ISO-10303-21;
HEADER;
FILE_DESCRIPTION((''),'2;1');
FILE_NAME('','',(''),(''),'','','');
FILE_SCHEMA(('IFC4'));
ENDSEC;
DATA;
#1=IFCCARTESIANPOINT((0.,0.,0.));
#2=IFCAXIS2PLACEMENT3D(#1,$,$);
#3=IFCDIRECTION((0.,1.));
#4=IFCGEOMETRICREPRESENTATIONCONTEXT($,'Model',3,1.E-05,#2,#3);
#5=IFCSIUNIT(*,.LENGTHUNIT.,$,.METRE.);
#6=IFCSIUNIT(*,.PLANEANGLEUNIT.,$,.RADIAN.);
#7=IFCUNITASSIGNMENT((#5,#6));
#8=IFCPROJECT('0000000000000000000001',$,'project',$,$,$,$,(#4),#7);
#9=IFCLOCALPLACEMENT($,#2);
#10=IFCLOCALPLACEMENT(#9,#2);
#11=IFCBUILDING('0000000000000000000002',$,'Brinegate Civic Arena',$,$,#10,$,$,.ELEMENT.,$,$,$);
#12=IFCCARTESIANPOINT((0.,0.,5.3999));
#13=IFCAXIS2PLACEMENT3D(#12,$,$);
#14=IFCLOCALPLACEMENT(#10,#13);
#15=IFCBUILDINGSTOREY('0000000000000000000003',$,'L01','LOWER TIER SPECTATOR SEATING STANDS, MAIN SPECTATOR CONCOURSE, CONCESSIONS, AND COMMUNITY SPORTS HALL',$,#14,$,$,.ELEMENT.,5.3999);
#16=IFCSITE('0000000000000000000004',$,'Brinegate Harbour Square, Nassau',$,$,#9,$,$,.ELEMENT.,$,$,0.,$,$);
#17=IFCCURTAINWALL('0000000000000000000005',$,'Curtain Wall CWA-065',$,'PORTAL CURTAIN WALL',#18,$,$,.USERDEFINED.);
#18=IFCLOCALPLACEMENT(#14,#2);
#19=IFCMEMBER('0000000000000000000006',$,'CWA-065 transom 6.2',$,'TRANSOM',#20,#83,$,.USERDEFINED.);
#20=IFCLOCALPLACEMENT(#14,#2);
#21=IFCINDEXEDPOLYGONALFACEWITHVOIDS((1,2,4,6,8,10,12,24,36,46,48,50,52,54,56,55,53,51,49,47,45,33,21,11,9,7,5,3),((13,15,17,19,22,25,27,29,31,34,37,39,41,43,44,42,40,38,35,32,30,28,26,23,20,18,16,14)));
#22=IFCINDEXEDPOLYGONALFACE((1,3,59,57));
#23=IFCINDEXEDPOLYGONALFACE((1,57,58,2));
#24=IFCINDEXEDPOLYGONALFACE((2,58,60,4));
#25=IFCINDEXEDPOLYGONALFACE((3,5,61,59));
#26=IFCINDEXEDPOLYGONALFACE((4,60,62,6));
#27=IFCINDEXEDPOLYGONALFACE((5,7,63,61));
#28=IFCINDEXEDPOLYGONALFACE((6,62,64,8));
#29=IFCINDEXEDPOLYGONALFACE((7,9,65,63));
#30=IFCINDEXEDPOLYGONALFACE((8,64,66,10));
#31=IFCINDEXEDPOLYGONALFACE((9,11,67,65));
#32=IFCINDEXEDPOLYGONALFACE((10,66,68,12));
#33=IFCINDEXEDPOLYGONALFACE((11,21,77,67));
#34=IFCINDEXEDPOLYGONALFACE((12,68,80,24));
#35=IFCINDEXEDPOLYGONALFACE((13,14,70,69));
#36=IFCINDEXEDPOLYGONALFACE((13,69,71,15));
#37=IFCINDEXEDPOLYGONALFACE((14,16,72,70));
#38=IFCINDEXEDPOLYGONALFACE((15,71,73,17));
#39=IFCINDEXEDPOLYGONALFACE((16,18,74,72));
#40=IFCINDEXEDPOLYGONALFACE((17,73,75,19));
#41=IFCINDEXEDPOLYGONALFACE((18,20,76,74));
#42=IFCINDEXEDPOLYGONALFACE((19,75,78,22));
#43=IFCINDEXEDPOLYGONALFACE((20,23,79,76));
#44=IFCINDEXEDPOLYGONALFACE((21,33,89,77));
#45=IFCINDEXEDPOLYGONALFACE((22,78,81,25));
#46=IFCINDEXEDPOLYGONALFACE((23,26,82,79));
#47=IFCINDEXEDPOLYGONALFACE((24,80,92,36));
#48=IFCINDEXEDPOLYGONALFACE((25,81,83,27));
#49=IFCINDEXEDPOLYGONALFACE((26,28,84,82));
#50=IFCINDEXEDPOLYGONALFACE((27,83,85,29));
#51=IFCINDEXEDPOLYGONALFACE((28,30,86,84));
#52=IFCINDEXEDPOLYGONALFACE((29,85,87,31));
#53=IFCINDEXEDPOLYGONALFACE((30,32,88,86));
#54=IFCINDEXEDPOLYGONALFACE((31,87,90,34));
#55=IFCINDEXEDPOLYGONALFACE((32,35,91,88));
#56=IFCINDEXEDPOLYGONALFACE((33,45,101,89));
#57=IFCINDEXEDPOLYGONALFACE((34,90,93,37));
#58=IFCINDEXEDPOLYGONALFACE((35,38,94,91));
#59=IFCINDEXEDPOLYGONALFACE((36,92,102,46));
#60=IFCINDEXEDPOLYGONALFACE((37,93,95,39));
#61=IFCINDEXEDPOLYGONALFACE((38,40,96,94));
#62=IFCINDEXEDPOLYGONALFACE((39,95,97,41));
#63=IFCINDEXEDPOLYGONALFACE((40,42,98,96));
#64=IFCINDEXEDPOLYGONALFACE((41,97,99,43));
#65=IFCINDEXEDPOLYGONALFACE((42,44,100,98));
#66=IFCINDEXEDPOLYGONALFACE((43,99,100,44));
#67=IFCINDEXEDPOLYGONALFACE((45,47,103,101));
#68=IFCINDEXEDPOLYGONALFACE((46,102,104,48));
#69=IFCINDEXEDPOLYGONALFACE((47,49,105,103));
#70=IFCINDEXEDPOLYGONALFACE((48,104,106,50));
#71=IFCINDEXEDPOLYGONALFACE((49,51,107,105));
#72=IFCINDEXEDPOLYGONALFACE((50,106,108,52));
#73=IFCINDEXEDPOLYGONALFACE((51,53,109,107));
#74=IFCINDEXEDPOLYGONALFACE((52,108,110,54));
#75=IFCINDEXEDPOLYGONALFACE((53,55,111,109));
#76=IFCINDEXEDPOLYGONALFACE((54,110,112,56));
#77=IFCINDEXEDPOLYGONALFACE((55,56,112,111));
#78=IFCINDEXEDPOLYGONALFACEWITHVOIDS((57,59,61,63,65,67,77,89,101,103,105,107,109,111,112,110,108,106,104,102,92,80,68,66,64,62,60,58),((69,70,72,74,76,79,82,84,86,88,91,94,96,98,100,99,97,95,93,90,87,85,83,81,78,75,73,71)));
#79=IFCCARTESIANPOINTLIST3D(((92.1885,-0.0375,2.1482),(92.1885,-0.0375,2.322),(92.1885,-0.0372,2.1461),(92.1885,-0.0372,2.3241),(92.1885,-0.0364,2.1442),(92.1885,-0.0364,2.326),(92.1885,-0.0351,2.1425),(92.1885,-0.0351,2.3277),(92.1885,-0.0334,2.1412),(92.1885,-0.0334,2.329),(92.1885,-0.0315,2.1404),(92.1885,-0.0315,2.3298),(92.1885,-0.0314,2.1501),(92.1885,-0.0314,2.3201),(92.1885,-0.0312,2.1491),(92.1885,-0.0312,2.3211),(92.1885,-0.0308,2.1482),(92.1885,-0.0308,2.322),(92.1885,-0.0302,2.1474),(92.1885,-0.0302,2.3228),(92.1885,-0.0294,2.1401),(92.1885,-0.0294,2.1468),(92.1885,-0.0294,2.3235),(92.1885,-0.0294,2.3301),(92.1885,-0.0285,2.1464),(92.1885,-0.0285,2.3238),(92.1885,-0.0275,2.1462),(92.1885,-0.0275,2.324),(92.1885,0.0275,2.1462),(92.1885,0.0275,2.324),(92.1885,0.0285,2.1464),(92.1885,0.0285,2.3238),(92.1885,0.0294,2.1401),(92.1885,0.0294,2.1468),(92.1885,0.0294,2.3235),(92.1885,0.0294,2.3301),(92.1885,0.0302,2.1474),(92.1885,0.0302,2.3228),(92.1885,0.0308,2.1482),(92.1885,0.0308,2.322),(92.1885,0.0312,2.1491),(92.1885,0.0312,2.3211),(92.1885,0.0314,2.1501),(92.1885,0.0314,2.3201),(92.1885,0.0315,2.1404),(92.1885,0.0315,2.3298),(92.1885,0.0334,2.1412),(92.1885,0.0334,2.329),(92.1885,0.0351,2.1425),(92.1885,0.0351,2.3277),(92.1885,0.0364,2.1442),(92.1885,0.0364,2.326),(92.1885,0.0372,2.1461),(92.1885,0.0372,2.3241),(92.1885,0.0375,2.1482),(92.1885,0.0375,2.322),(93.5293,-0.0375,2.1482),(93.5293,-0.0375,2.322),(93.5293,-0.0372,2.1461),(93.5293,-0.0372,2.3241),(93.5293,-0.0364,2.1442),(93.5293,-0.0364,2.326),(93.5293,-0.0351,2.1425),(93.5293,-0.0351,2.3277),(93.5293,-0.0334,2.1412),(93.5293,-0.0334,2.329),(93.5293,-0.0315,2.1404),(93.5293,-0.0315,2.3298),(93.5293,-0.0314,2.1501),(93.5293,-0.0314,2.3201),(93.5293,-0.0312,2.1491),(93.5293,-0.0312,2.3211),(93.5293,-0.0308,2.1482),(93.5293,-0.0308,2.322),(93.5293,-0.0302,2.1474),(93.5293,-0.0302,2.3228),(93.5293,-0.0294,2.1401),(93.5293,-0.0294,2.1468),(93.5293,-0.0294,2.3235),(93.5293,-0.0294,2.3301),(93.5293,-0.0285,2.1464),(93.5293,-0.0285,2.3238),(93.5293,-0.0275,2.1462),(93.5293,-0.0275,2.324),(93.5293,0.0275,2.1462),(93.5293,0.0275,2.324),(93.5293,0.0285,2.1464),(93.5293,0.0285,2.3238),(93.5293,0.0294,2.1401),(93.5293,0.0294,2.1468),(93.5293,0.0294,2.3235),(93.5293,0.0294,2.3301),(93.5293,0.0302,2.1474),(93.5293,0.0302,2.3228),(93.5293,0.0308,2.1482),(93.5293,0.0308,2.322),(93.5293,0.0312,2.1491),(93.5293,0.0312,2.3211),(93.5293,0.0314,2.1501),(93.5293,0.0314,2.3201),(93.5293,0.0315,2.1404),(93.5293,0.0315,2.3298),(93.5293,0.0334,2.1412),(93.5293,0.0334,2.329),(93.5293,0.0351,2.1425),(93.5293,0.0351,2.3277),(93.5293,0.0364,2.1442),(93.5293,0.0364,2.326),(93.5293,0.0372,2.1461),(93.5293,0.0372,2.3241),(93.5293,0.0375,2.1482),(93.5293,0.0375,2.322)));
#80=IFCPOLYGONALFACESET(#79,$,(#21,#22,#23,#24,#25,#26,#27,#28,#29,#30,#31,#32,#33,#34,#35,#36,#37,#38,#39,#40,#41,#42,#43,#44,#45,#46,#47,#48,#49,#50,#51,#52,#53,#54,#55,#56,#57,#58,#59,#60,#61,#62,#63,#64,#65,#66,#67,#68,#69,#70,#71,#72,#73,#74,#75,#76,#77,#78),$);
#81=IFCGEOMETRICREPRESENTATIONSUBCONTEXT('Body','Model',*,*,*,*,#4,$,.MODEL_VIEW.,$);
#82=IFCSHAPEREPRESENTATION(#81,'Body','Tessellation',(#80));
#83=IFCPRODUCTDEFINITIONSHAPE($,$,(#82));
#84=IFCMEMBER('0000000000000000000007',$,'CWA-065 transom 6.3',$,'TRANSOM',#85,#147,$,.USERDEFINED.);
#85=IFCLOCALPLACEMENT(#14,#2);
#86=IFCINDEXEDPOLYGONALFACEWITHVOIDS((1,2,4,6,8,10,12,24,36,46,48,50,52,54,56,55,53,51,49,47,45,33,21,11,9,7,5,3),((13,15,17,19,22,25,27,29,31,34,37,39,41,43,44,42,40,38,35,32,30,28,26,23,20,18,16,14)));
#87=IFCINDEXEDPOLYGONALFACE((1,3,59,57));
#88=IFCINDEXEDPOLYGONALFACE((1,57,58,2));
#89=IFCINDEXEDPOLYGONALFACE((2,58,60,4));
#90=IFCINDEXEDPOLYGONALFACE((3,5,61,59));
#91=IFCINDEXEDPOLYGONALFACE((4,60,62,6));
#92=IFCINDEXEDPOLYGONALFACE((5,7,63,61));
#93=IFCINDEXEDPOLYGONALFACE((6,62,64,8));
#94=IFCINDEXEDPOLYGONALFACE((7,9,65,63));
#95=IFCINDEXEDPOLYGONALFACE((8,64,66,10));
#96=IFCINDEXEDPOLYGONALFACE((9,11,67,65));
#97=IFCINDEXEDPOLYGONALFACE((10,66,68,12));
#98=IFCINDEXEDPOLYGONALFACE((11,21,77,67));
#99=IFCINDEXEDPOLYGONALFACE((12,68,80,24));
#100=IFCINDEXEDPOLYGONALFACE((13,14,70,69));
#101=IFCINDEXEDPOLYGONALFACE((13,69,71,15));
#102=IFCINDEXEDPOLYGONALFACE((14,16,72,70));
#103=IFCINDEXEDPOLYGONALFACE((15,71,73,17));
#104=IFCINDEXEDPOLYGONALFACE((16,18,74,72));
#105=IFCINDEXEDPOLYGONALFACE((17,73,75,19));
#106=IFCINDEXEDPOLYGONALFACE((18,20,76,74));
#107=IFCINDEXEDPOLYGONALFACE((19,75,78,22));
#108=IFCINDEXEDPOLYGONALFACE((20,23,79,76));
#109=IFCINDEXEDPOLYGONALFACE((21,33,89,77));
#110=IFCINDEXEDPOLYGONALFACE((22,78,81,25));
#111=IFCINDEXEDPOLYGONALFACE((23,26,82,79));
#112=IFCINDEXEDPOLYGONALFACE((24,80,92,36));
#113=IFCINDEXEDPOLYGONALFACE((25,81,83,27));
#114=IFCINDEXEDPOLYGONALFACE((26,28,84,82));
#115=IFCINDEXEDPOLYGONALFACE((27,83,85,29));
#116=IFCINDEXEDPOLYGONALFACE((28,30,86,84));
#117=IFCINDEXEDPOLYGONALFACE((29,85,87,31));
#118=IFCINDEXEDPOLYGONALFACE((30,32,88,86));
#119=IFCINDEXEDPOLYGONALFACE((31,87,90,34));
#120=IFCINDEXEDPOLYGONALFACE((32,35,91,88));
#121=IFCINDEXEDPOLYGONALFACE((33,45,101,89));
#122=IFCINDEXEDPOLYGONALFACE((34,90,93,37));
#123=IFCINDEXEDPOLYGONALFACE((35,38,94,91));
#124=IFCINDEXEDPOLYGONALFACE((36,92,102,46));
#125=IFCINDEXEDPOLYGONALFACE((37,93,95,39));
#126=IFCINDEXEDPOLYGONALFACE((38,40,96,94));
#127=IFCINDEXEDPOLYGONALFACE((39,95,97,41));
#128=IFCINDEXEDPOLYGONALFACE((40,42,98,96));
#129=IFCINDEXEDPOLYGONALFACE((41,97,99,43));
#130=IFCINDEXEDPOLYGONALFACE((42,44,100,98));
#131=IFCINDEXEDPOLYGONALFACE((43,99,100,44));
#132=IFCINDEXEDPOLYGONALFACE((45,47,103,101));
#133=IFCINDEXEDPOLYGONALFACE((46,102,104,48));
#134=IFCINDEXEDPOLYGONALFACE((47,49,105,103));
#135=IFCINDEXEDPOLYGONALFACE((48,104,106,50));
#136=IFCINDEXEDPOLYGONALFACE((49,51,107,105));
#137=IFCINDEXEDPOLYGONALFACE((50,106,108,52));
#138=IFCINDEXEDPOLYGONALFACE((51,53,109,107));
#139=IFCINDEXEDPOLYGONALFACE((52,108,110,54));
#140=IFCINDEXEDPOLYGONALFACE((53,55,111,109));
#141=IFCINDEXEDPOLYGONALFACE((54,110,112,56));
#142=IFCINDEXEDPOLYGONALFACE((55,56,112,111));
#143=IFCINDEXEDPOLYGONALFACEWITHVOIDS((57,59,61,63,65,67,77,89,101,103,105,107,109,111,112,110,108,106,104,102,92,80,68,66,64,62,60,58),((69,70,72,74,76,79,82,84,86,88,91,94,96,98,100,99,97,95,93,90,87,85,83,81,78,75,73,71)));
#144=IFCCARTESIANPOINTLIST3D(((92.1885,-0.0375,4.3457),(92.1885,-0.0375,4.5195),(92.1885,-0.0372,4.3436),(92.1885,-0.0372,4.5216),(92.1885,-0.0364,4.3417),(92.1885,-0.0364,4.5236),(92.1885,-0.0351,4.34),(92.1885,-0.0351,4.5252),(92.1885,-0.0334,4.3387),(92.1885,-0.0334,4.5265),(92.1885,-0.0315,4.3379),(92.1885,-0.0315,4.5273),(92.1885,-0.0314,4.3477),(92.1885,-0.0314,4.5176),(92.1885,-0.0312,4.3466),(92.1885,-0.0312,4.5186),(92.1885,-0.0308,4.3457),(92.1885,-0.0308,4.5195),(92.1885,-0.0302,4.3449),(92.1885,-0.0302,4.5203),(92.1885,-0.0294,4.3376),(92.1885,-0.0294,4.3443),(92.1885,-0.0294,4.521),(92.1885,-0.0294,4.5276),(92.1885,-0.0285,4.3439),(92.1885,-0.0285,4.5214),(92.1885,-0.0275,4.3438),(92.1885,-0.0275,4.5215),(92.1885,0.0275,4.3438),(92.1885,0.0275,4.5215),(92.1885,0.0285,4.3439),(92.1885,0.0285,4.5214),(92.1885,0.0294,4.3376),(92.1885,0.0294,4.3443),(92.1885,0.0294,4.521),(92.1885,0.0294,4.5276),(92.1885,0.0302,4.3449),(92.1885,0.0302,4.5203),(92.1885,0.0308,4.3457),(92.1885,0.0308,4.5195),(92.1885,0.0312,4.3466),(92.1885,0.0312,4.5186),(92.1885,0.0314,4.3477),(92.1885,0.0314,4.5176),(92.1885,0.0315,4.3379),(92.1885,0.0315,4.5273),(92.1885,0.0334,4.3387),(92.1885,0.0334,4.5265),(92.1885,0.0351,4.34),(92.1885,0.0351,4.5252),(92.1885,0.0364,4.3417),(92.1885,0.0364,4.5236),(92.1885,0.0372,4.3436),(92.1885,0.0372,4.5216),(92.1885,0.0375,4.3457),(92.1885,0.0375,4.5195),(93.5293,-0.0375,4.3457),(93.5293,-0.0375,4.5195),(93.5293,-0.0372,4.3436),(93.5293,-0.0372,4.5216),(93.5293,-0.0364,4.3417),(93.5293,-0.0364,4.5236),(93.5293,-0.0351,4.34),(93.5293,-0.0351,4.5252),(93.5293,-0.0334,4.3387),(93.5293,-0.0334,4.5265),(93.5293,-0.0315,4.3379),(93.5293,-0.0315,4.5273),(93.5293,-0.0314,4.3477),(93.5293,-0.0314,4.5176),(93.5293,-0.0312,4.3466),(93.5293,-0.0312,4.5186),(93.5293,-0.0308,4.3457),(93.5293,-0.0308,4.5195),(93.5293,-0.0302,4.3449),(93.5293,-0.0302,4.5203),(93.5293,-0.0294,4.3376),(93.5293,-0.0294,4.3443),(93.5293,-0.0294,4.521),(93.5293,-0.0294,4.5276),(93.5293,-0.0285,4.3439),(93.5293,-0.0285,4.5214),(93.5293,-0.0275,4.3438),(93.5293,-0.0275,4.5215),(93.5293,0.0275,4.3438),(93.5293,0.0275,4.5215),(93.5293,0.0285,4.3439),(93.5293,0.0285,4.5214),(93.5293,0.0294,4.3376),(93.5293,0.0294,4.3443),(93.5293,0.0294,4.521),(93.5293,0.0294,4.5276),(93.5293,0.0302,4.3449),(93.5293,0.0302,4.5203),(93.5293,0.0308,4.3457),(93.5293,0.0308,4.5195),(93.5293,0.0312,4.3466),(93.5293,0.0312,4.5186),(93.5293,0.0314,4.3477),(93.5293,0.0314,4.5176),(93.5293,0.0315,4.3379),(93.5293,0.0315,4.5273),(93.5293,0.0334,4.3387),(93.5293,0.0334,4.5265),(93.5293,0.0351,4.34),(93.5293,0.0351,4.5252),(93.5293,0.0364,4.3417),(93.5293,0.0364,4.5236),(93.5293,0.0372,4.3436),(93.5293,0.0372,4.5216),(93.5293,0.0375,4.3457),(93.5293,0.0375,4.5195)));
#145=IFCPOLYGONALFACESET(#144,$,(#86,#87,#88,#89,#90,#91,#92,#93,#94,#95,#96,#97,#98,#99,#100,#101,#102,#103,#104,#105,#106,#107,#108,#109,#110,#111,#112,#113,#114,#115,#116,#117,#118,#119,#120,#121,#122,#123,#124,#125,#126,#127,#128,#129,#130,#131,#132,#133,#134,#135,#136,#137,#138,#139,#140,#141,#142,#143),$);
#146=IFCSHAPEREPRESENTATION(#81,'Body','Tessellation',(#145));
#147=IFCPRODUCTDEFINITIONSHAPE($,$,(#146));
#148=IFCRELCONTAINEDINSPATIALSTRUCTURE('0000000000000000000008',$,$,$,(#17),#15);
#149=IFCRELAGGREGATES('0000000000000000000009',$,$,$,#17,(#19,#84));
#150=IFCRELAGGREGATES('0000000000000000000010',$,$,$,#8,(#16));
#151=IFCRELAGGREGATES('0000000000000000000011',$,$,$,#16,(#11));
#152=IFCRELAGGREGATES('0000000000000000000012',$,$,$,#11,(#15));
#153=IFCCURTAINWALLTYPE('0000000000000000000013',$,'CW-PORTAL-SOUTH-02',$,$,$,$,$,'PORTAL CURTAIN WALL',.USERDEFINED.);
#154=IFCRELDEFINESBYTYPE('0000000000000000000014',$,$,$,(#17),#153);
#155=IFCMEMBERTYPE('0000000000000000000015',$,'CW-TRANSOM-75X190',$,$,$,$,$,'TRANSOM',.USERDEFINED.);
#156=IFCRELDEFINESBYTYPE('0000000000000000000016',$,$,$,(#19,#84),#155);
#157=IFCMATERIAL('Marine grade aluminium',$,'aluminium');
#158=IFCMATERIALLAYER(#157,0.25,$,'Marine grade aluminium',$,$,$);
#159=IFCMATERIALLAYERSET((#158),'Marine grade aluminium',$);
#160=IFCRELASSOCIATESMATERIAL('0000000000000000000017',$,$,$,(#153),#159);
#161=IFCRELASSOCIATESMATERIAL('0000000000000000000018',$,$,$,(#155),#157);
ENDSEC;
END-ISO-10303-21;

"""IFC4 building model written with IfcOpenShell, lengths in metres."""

from ifc_helpers import new_model, si_unit, direction, frame, origin, origin_2d, place, context, subcontext, project, spatial, hollow_rectangle, extrude, material, layer, layer_set, material_profile, profile_set, type_object, element, aggregate, save


model = new_model("IFC4")

# Units and contexts
model_context = context("Model", 3, precision=1e-05, world=origin(), true_north=direction((0.0, 1.0)))
body_context = subcontext(model_context, "Body", "Model", "MODEL_VIEW")
ifc_project = project(units=[si_unit("LENGTHUNIT", "METRE"), si_unit("PLANEANGLEUNIT", "RADIAN")], contexts=[model_context])

# Site, building, storey
site_placement = place(None, origin())
site = spatial("IfcSite", under=ifc_project, at=site_placement, Name="Brinegate Harbour Square, Nassau", CompositionType="ELEMENT", RefElevation=0.0)
building_placement = place(site_placement, origin())
building = spatial("IfcBuilding", under=site, at=building_placement, Name="Brinegate Civic Arena", CompositionType="ELEMENT")
storey_placement = place(building_placement, frame((0.0, 0.0, 5.3999)))
storey = spatial("IfcBuildingStorey", under=building, at=storey_placement, Name="L01", Description="LOWER TIER SPECTATOR SEATING STANDS, MAIN SPECTATOR CONCOURSE, CONCESSIONS, AND COMMUNITY SPORTS HALL", CompositionType="ELEMENT", Elevation=5.3999)

# Curtain wall, members
ifc_material_1 = material(Name="Marine grade aluminium", Category="aluminium")
ifc_layer_1 = layer(ifc_material_1, 0.25, Name="Marine grade aluminium")
ifc_layer_set_1 = layer_set([ifc_layer_1], Name="Marine grade aluminium")
curtain_wall_type = type_object("IfcCurtainWallType", Name="CW-PORTAL-SOUTH-02", ElementType="PORTAL CURTAIN WALL", PredefinedType="USERDEFINED", material=ifc_layer_set_1)
curtain_wall_placement = place(storey_placement, origin())
curtain_wall = element("IfcCurtainWall", 1, at=curtain_wall_placement, inside=storey, type_object=curtain_wall_type, Name="Curtain Wall CWA-065", ObjectType="PORTAL CURTAIN WALL", PredefinedType="USERDEFINED")
ifc_material_profile_1 = material_profile(ifc_material_1, hollow_rectangle(XDim=0.075, YDim=0.1899, WallThickness=0.0061, InnerFilletRadius=0.0039, OuterFilletRadius=0.0081, at=origin_2d()), Name="TRN75X190")
ifc_profile_set_1 = profile_set([ifc_material_profile_1], Name="Marine grade aluminium")
member_type_1 = type_object("IfcMemberType", Name="CW-TRANSOM-75X190", ElementType="TRANSOM", PredefinedType="USERDEFINED", material=ifc_profile_set_1)
member_1_placement = place(storey_placement, frame((92.1885, 0.0, 2.2351), z_axis=(1.0, 0.0, 0.0), x_axis=(0.0, 1.0, 0.0)))
member_1 = element("IfcMember", 2, at=member_1_placement, type_object=member_type_1, Name="CWA-065 transom 6.2", ObjectType="TRANSOM", PredefinedType="USERDEFINED", context=body_context, shape_type="SweptSolid", body=[
    extrude(hollow_rectangle(XDim=0.075, YDim=0.1899, WallThickness=0.0061, InnerFilletRadius=0.0039, OuterFilletRadius=0.0081, at=origin_2d()), origin(), (0.0, 0.0, 1.0), 1.3408),
])
member_2_placement = place(storey_placement, frame((92.1885, 0.0, 4.4326), z_axis=(1.0, 0.0, 0.0), x_axis=(0.0, 1.0, 0.0)))
member_2 = element("IfcMember", 3, at=member_2_placement, type_object=member_type_1, Name="CWA-065 transom 6.3", ObjectType="TRANSOM", PredefinedType="USERDEFINED", context=body_context, shape_type="SweptSolid", body=[
    extrude(hollow_rectangle(XDim=0.075, YDim=0.1899, WallThickness=0.0061, InnerFilletRadius=0.0039, OuterFilletRadius=0.0081, at=origin_2d()), origin(), (0.0, 0.0, 1.0), 1.3408),
])

aggregate(curtain_wall, [member_1, member_2])

save(model, "model.ifc")
